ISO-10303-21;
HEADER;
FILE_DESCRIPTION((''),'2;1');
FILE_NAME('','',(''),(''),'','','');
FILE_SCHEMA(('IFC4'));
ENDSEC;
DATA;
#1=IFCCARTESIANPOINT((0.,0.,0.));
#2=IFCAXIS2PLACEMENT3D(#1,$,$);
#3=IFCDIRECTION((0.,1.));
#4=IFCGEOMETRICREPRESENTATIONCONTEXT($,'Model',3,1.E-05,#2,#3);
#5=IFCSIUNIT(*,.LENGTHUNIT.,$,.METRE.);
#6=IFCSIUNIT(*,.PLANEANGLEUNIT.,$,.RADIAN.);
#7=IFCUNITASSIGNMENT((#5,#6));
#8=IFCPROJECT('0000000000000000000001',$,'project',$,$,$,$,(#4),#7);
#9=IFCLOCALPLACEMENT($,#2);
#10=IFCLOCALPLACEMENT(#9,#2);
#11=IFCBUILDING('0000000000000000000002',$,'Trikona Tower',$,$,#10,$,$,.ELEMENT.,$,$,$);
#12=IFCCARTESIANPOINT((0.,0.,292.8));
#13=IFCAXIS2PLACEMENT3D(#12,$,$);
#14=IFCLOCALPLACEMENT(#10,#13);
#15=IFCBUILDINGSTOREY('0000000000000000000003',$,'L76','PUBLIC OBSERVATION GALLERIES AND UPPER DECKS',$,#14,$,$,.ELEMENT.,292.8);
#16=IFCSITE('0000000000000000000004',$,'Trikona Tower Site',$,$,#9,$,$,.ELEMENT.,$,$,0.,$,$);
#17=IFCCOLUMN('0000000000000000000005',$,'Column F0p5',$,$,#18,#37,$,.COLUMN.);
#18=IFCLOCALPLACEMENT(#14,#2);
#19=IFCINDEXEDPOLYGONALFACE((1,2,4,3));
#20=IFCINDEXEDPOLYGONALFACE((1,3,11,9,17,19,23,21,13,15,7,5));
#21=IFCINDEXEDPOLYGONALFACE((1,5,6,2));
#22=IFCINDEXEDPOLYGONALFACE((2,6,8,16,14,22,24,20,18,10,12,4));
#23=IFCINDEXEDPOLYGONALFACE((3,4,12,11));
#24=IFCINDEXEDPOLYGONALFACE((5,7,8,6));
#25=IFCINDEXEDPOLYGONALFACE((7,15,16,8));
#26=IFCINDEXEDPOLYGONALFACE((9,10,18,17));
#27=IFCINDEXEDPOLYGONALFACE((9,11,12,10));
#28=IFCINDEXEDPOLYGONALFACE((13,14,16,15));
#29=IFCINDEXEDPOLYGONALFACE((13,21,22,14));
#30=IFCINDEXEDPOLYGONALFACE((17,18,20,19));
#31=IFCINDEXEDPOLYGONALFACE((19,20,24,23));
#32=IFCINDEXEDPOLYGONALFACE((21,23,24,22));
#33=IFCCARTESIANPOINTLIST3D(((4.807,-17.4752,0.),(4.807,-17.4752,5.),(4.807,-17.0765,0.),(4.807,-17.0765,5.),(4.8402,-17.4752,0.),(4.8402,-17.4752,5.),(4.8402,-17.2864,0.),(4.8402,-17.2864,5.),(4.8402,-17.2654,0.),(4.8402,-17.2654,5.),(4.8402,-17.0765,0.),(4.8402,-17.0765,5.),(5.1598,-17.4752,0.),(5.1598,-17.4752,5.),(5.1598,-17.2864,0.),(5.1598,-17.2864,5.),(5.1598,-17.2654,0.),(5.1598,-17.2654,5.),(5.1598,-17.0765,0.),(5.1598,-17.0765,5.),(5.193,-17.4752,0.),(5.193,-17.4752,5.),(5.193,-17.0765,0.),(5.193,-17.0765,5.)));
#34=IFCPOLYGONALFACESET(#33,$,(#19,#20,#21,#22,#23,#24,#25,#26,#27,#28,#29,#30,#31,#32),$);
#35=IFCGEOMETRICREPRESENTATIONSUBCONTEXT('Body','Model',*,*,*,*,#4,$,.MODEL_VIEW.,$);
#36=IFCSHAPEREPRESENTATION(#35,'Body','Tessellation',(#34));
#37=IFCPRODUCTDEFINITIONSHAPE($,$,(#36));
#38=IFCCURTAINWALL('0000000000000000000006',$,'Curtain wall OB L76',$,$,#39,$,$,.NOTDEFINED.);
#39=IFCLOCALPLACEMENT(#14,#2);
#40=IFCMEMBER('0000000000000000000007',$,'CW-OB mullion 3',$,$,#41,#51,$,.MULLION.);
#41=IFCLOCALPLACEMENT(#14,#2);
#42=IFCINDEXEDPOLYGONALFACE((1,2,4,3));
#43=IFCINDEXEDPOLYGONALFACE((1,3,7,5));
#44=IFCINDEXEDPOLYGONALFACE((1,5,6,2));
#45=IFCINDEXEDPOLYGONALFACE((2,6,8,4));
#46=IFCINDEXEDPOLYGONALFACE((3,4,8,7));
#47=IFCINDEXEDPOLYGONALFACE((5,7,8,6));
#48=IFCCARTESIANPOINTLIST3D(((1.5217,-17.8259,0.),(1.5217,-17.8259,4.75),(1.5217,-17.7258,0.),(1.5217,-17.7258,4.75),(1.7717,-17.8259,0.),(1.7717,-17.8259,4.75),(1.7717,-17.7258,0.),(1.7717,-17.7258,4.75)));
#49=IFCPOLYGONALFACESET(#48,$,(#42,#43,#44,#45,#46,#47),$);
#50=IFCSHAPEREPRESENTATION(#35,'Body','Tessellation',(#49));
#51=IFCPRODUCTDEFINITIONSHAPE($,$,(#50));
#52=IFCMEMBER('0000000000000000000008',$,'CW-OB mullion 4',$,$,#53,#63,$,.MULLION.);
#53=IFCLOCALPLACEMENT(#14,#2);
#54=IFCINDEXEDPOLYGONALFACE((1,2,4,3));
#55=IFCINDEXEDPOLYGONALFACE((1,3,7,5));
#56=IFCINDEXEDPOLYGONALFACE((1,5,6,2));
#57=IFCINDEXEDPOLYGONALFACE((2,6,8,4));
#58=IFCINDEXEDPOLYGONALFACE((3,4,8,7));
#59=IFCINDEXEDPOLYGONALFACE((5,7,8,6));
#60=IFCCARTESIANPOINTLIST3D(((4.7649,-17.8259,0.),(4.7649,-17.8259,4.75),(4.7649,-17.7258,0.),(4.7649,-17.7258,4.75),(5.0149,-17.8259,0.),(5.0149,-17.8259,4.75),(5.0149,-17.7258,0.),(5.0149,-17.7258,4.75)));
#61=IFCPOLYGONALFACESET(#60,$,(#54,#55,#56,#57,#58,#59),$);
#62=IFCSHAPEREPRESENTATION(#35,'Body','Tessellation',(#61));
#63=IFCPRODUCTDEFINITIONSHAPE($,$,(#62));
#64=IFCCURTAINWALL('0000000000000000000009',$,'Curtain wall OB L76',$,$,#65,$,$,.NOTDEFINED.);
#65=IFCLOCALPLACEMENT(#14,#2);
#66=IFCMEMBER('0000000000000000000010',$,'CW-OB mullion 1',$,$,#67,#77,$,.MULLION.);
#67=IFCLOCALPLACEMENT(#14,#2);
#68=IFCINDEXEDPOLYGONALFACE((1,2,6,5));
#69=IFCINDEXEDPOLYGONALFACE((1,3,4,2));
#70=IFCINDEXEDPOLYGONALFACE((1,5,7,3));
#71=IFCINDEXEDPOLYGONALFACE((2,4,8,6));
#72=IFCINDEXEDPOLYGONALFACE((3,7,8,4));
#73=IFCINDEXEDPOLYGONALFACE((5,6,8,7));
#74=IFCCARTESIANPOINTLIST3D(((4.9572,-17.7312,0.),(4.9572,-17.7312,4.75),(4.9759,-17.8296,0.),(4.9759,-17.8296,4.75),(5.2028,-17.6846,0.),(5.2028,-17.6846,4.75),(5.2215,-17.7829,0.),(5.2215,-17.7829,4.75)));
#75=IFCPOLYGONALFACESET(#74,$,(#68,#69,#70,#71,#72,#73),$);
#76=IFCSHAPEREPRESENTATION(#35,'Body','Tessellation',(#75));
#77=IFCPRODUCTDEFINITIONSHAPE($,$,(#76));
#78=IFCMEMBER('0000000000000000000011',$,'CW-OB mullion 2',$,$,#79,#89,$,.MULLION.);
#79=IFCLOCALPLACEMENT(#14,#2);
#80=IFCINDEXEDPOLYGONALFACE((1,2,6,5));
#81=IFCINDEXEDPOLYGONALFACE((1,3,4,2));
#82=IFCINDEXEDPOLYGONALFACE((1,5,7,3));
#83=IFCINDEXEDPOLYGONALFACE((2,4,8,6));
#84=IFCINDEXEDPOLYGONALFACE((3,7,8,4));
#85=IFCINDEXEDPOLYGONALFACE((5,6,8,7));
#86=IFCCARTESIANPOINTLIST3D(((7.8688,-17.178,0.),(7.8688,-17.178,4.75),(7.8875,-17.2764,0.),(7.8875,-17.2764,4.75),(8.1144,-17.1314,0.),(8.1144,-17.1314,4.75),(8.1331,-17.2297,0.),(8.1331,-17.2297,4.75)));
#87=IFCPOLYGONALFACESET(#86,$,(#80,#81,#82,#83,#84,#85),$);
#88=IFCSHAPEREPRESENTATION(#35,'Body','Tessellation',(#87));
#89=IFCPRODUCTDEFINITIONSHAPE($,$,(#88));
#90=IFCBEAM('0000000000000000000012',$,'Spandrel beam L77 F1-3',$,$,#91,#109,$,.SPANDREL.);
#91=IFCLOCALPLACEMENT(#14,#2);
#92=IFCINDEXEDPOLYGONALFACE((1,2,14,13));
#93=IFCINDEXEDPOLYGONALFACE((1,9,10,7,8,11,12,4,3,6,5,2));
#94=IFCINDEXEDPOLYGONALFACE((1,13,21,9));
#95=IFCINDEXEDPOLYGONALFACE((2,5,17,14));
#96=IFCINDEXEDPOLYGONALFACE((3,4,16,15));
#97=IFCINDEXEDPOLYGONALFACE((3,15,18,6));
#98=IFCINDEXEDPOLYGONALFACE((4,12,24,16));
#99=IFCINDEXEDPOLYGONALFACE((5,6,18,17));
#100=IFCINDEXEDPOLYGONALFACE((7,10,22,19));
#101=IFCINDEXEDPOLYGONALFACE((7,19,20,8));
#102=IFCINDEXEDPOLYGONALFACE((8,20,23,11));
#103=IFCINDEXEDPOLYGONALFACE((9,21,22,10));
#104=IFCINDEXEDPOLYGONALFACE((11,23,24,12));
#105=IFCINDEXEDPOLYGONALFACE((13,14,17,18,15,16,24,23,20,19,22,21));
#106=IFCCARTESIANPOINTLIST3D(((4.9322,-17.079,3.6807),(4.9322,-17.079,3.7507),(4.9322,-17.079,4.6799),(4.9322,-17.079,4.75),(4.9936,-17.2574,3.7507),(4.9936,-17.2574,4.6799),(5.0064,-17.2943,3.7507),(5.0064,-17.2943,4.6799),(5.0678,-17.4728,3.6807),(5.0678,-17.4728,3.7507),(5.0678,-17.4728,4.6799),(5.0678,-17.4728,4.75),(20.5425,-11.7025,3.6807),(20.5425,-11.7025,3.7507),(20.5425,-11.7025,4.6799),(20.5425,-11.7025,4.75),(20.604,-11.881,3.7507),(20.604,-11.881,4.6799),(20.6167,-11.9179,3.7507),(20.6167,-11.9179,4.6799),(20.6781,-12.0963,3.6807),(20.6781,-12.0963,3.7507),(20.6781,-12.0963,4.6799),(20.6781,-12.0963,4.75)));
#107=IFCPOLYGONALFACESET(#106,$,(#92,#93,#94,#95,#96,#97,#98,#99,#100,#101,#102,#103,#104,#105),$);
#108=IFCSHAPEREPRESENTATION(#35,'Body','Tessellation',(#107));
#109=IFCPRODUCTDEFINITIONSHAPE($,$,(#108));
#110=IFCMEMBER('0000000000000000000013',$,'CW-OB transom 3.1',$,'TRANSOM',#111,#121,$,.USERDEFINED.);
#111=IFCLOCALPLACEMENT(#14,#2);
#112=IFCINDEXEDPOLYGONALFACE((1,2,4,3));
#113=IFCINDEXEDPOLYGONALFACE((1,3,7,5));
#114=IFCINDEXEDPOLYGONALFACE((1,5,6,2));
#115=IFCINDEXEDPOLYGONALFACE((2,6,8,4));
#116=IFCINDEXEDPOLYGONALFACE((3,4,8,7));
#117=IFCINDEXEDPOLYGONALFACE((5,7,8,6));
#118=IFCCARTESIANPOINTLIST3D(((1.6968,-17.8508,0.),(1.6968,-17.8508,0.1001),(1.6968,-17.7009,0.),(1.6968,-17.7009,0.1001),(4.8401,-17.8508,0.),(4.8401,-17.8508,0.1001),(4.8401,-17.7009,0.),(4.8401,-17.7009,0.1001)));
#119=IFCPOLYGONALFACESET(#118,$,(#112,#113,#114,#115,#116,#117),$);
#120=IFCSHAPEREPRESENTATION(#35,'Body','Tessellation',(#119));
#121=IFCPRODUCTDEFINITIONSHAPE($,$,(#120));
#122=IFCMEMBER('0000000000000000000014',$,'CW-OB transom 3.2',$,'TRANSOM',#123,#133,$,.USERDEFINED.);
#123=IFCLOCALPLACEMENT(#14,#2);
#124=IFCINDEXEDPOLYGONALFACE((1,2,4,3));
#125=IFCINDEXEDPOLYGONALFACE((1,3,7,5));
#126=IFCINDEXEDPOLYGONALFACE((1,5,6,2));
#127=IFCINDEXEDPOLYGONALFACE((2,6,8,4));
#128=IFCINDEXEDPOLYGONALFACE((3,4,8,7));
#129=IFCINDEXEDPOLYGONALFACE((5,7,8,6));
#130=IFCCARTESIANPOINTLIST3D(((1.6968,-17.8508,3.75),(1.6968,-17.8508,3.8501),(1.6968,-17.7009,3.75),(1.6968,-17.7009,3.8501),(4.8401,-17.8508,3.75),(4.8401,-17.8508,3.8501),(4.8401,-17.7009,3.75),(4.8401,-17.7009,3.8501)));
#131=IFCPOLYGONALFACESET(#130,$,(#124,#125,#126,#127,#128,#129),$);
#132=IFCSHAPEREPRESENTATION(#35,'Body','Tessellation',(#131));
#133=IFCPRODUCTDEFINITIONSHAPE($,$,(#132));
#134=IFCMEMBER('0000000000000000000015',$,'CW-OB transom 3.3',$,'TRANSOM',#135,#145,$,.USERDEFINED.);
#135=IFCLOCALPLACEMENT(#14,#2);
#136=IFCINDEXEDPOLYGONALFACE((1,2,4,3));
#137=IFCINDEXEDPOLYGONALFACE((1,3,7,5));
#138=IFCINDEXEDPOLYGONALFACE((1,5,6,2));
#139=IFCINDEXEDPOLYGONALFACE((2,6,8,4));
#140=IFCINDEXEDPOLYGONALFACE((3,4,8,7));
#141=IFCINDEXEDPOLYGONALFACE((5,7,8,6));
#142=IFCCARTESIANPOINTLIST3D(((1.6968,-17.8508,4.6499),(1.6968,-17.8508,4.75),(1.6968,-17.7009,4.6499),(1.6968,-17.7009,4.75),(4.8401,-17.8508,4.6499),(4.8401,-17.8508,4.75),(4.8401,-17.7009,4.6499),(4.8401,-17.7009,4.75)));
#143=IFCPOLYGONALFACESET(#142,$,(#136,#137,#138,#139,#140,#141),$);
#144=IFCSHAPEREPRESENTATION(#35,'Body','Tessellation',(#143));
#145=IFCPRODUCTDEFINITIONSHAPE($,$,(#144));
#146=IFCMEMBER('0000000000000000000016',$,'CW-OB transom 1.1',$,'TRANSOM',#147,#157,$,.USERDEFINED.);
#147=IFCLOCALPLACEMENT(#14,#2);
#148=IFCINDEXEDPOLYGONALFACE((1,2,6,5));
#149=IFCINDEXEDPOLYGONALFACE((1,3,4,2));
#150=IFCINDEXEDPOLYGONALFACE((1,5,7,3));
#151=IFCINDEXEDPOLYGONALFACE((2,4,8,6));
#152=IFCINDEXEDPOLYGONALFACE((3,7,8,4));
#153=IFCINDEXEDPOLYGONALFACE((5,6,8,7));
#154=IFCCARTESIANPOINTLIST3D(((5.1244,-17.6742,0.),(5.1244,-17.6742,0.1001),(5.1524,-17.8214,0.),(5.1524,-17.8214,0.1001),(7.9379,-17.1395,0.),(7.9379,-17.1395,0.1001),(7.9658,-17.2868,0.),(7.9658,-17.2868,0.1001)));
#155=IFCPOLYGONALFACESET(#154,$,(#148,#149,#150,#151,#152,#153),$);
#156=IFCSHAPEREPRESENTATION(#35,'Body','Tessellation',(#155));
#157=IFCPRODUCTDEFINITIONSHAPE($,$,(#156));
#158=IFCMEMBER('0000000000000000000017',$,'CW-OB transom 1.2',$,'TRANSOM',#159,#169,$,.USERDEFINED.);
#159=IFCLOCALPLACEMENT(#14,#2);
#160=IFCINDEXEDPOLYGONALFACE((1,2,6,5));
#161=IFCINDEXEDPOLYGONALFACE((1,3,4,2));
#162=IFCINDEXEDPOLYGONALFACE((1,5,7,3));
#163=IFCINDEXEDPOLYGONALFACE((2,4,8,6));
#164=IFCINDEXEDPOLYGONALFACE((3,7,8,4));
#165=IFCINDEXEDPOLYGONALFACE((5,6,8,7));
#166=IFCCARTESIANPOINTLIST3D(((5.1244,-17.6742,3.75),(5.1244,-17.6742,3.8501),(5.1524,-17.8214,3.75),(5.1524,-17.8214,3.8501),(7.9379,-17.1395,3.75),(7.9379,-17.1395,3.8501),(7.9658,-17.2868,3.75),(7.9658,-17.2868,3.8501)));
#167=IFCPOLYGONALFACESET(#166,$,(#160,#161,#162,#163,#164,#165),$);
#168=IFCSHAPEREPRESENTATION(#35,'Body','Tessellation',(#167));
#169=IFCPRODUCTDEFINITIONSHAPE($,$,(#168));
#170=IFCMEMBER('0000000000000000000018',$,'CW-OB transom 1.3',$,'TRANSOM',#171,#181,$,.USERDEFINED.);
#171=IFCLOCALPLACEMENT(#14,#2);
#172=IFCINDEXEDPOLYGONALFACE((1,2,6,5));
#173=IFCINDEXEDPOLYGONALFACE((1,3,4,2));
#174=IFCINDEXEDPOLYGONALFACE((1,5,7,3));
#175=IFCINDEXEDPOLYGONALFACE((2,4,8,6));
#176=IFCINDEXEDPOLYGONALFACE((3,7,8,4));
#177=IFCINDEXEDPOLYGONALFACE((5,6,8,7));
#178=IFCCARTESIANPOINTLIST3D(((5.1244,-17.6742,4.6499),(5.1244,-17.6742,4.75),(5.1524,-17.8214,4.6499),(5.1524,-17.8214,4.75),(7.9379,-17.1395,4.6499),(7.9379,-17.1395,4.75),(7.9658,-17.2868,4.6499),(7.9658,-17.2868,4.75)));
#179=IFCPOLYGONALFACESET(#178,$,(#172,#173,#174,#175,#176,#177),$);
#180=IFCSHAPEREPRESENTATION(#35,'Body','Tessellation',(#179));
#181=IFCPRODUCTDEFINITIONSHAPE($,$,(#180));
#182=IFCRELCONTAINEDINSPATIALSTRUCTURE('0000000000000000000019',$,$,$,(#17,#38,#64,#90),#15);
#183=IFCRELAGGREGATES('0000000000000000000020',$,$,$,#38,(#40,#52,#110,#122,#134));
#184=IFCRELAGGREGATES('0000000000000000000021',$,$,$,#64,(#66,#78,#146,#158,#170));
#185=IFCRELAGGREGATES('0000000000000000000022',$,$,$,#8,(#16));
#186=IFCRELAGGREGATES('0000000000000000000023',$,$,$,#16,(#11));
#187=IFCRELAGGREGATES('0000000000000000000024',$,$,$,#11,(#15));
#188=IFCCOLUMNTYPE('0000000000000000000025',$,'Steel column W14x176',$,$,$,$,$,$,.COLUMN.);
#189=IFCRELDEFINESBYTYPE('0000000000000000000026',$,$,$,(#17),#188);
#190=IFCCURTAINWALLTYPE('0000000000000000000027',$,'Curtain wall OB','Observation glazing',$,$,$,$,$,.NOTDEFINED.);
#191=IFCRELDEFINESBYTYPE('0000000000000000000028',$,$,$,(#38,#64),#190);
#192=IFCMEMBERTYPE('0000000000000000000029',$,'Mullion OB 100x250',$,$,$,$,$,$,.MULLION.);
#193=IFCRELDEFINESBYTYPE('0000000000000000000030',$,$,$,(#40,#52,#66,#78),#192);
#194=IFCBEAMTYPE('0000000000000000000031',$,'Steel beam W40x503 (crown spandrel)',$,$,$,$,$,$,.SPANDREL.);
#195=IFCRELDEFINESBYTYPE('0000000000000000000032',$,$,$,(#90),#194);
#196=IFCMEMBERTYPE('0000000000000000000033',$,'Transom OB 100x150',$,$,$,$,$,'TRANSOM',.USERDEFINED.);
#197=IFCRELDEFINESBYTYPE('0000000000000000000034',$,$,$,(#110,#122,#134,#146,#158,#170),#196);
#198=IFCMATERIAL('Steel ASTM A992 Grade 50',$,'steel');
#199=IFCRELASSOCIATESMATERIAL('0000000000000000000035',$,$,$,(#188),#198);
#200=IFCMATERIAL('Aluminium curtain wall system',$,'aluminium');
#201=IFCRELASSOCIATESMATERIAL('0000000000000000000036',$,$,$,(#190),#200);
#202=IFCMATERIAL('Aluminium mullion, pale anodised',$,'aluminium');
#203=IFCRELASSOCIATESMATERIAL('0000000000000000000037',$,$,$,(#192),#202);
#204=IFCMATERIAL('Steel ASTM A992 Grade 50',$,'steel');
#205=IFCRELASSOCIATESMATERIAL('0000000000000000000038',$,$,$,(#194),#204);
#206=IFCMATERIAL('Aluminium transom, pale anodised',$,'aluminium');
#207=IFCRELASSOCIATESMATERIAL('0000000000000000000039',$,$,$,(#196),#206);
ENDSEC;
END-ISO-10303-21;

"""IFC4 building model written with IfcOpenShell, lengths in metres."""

from ifc_helpers import new_model, si_unit, direction, frame, origin, origin_2d, place, context, subcontext, project, spatial, rectangle, i_section, extrude, material, material_profile, profile_set, type_object, element, aggregate, save


model = new_model("IFC4")

# Units and contexts
model_context = context("Model", 3, precision=1e-05, world=origin(), true_north=direction((0.0, 1.0)))
body_context = subcontext(model_context, "Body", "Model", "MODEL_VIEW")
ifc_project = project(units=[si_unit("LENGTHUNIT", "METRE"), si_unit("PLANEANGLEUNIT", "RADIAN")], contexts=[model_context])

# Site, building, storey
site_placement = place(None, origin())
site = spatial("IfcSite", under=ifc_project, at=site_placement, Name="Trikona Tower Site", CompositionType="ELEMENT", RefElevation=0.0)
building_placement = place(site_placement, origin())
building = spatial("IfcBuilding", under=site, at=building_placement, Name="Trikona Tower", CompositionType="ELEMENT")
storey_placement = place(building_placement, frame((0.0, 0.0, 292.8)))
storey = spatial("IfcBuildingStorey", under=building, at=storey_placement, Name="L76", Description="PUBLIC OBSERVATION GALLERIES AND UPPER DECKS", CompositionType="ELEMENT", Elevation=292.8)

# Column
ifc_material_1 = material(Name="Steel ASTM A992 Grade 50", Category="steel")
ifc_material_profile_1 = material_profile(ifc_material_1, i_section(OverallWidth=0.3987, OverallDepth=0.386, WebThickness=0.021, FlangeThickness=0.0332, at=origin_2d()), Name="W14X176")
ifc_profile_set_1 = profile_set([ifc_material_profile_1], Name="Steel ASTM A992 Grade 50")
column_type = type_object("IfcColumnType", Name="Steel column W14x176", PredefinedType="COLUMN", material=ifc_profile_set_1)
column_placement = place(storey_placement, frame((5.0, -17.2759, 0.0), z_axis=(0.0, 0.0, 1.0), x_axis=(0.0, -1.0, 0.0)))
element("IfcColumn", 1, at=column_placement, inside=storey, type_object=column_type, Name="Column F0p5", PredefinedType="COLUMN", context=body_context, shape_type="SweptSolid", body=[
    extrude(i_section(OverallWidth=0.3987, OverallDepth=0.386, WebThickness=0.021, FlangeThickness=0.0332, at=origin_2d()), origin(), (0.0, 0.0, 1.0), 5.0),
])

# Curtain walls, members
ifc_material_2 = material(Name="Aluminium curtain wall system", Category="aluminium")
curtain_wall_type = type_object("IfcCurtainWallType", Name="Curtain wall OB", Description="Observation glazing", PredefinedType="NOTDEFINED", material=ifc_material_2)
curtain_wall_1_placement = place(storey_placement, origin())
curtain_wall_1 = element("IfcCurtainWall", 2, at=curtain_wall_1_placement, inside=storey, type_object=curtain_wall_type, Name="Curtain wall OB L76", PredefinedType="NOTDEFINED")
ifc_material_3 = material(Name="Aluminium mullion, pale anodised", Category="aluminium")
ifc_material_profile_2 = material_profile(ifc_material_3, rectangle(XDim=0.1001, YDim=0.25, at=origin_2d()), Name="MUL-OB")
ifc_profile_set_2 = profile_set([ifc_material_profile_2], Name="Aluminium mullion, pale anodised")
member_type_1 = type_object("IfcMemberType", Name="Mullion OB 100x250", PredefinedType="MULLION", material=ifc_profile_set_2)
member_1_placement = place(storey_placement, frame((1.6467, -17.7759, 0.0), z_axis=(0.0, 0.0, 1.0), x_axis=(0.0, 1.0, 0.0)))
member_1 = element("IfcMember", 3, at=member_1_placement, type_object=member_type_1, Name="CW-OB mullion 3", PredefinedType="MULLION", context=body_context, shape_type="SweptSolid", body=[
    extrude(rectangle(XDim=0.1001, YDim=0.25, at=origin_2d()), origin(), (0.0, 0.0, 1.0), 4.75),
])
member_2_placement = place(storey_placement, frame((4.8899, -17.7759, 0.0), z_axis=(0.0, 0.0, 1.0), x_axis=(0.0, 1.0, 0.0)))
member_2 = element("IfcMember", 4, at=member_2_placement, type_object=member_type_1, Name="CW-OB mullion 4", PredefinedType="MULLION", context=body_context, shape_type="SweptSolid", body=[
    extrude(rectangle(XDim=0.1001, YDim=0.25, at=origin_2d()), origin(), (0.0, 0.0, 1.0), 4.75),
])
curtain_wall_2_placement = place(storey_placement, origin())
curtain_wall_2 = element("IfcCurtainWall", 5, at=curtain_wall_2_placement, inside=storey, type_object=curtain_wall_type, Name="Curtain wall OB L76", PredefinedType="NOTDEFINED")
member_3_placement = place(storey_placement, frame((5.0894, -17.7571, 0.0), z_axis=(0.0, 0.0, 1.0), x_axis=(-0.186661, 0.982424, 0.0)))
member_3 = element("IfcMember", 6, at=member_3_placement, type_object=member_type_1, Name="CW-OB mullion 1", PredefinedType="MULLION", context=body_context, shape_type="SweptSolid", body=[
    extrude(rectangle(XDim=0.1001, YDim=0.25, at=origin_2d()), origin(), (0.0, 0.0, 1.0), 4.75),
])
member_4_placement = place(storey_placement, frame((8.001, -17.2039, 0.0), z_axis=(0.0, 0.0, 1.0), x_axis=(-0.186661, 0.982424, 0.0)))
member_4 = element("IfcMember", 7, at=member_4_placement, type_object=member_type_1, Name="CW-OB mullion 2", PredefinedType="MULLION", context=body_context, shape_type="SweptSolid", body=[
    extrude(rectangle(XDim=0.1001, YDim=0.25, at=origin_2d()), origin(), (0.0, 0.0, 1.0), 4.75),
])

# Beam
ifc_material_4 = material(Name="Steel ASTM A992 Grade 50", Category="steel")
ifc_material_profile_3 = material_profile(ifc_material_4, i_section(OverallWidth=0.4165, OverallDepth=1.0693, WebThickness=0.0391, FlangeThickness=0.0701, at=origin_2d()), Name="W40X503")
ifc_profile_set_3 = profile_set([ifc_material_profile_3], Name="Steel ASTM A992 Grade 50")
beam_type = type_object("IfcBeamType", Name="Steel beam W40x503 (crown spandrel)", PredefinedType="SPANDREL", material=ifc_profile_set_3)
beam_placement = place(storey_placement, frame((5.0, -17.2759, 4.2153), z_axis=(0.945493, 0.325643, 0.0), x_axis=(-0.325643, 0.945493, 0.0)))
element("IfcBeam", 8, at=beam_placement, inside=storey, type_object=beam_type, Name="Spandrel beam L77 F1-3", PredefinedType="SPANDREL", context=body_context, shape_type="SweptSolid", body=[
    extrude(i_section(OverallWidth=0.4165, OverallDepth=1.0693, WebThickness=0.0391, FlangeThickness=0.0701, at=origin_2d()), origin(), (0.0, 0.0, 1.0), 16.5103),
])

# Members
ifc_material_5 = material(Name="Aluminium transom, pale anodised", Category="aluminium")
ifc_material_profile_4 = material_profile(ifc_material_5, rectangle(XDim=0.1499, YDim=0.1001, at=origin_2d()), Name="TRN-OB")
ifc_profile_set_4 = profile_set([ifc_material_profile_4], Name="Aluminium transom, pale anodised")
member_type_2 = type_object("IfcMemberType", Name="Transom OB 100x150", ElementType="TRANSOM", PredefinedType="USERDEFINED", material=ifc_profile_set_4)
member_5_placement = place(storey_placement, frame((1.6968, -17.7759, 0.05), z_axis=(1.0, 0.0, 0.0), x_axis=(0.0, 1.0, 0.0)))
member_5 = element("IfcMember", 9, at=member_5_placement, type_object=member_type_2, Name="CW-OB transom 3.1", ObjectType="TRANSOM", PredefinedType="USERDEFINED", context=body_context, shape_type="SweptSolid", body=[
    extrude(rectangle(XDim=0.1499, YDim=0.1001, at=origin_2d()), origin(), (0.0, 0.0, 1.0), 3.1433),
])
member_6_placement = place(storey_placement, frame((1.6968, -17.7759, 3.8), z_axis=(1.0, 0.0, 0.0), x_axis=(0.0, 1.0, 0.0)))
member_6 = element("IfcMember", 10, at=member_6_placement, type_object=member_type_2, Name="CW-OB transom 3.2", ObjectType="TRANSOM", PredefinedType="USERDEFINED", context=body_context, shape_type="SweptSolid", body=[
    extrude(rectangle(XDim=0.1499, YDim=0.1001, at=origin_2d()), origin(), (0.0, 0.0, 1.0), 3.1433),
])
member_7_placement = place(storey_placement, frame((1.6968, -17.7759, 4.7), z_axis=(1.0, 0.0, 0.0), x_axis=(0.0, 1.0, 0.0)))
member_7 = element("IfcMember", 11, at=member_7_placement, type_object=member_type_2, Name="CW-OB transom 3.3", ObjectType="TRANSOM", PredefinedType="USERDEFINED", context=body_context, shape_type="SweptSolid", body=[
    extrude(rectangle(XDim=0.1499, YDim=0.1001, at=origin_2d()), origin(), (0.0, 0.0, 1.0), 3.1433),
])
member_8_placement = place(storey_placement, frame((5.1384, -17.7478, 0.05), z_axis=(0.982418, 0.186697, 0.0), x_axis=(-0.186697, 0.982418, 0.0)))
member_8 = element("IfcMember", 12, at=member_8_placement, type_object=member_type_2, Name="CW-OB transom 1.1", ObjectType="TRANSOM", PredefinedType="USERDEFINED", context=body_context, shape_type="SweptSolid", body=[
    extrude(rectangle(XDim=0.1499, YDim=0.1001, at=origin_2d()), origin(), (0.0, 0.0, 1.0), 2.8638),
])
member_9_placement = place(storey_placement, frame((5.1384, -17.7478, 3.8), z_axis=(0.982418, 0.186697, 0.0), x_axis=(-0.186697, 0.982418, 0.0)))
member_9 = element("IfcMember", 13, at=member_9_placement, type_object=member_type_2, Name="CW-OB transom 1.2", ObjectType="TRANSOM", PredefinedType="USERDEFINED", context=body_context, shape_type="SweptSolid", body=[
    extrude(rectangle(XDim=0.1499, YDim=0.1001, at=origin_2d()), origin(), (0.0, 0.0, 1.0), 2.8638),
])
member_10_placement = place(storey_placement, frame((5.1384, -17.7478, 4.7), z_axis=(0.982418, 0.186697, 0.0), x_axis=(-0.186697, 0.982418, 0.0)))
member_10 = element("IfcMember", 14, at=member_10_placement, type_object=member_type_2, Name="CW-OB transom 1.3", ObjectType="TRANSOM", PredefinedType="USERDEFINED", context=body_context, shape_type="SweptSolid", body=[
    extrude(rectangle(XDim=0.1499, YDim=0.1001, at=origin_2d()), origin(), (0.0, 0.0, 1.0), 2.8638),
])

aggregate(curtain_wall_1, [member_1, member_2, member_5, member_6, member_7])
aggregate(curtain_wall_2, [member_3, member_4, member_8, member_9, member_10])

save(model, "model.ifc")
